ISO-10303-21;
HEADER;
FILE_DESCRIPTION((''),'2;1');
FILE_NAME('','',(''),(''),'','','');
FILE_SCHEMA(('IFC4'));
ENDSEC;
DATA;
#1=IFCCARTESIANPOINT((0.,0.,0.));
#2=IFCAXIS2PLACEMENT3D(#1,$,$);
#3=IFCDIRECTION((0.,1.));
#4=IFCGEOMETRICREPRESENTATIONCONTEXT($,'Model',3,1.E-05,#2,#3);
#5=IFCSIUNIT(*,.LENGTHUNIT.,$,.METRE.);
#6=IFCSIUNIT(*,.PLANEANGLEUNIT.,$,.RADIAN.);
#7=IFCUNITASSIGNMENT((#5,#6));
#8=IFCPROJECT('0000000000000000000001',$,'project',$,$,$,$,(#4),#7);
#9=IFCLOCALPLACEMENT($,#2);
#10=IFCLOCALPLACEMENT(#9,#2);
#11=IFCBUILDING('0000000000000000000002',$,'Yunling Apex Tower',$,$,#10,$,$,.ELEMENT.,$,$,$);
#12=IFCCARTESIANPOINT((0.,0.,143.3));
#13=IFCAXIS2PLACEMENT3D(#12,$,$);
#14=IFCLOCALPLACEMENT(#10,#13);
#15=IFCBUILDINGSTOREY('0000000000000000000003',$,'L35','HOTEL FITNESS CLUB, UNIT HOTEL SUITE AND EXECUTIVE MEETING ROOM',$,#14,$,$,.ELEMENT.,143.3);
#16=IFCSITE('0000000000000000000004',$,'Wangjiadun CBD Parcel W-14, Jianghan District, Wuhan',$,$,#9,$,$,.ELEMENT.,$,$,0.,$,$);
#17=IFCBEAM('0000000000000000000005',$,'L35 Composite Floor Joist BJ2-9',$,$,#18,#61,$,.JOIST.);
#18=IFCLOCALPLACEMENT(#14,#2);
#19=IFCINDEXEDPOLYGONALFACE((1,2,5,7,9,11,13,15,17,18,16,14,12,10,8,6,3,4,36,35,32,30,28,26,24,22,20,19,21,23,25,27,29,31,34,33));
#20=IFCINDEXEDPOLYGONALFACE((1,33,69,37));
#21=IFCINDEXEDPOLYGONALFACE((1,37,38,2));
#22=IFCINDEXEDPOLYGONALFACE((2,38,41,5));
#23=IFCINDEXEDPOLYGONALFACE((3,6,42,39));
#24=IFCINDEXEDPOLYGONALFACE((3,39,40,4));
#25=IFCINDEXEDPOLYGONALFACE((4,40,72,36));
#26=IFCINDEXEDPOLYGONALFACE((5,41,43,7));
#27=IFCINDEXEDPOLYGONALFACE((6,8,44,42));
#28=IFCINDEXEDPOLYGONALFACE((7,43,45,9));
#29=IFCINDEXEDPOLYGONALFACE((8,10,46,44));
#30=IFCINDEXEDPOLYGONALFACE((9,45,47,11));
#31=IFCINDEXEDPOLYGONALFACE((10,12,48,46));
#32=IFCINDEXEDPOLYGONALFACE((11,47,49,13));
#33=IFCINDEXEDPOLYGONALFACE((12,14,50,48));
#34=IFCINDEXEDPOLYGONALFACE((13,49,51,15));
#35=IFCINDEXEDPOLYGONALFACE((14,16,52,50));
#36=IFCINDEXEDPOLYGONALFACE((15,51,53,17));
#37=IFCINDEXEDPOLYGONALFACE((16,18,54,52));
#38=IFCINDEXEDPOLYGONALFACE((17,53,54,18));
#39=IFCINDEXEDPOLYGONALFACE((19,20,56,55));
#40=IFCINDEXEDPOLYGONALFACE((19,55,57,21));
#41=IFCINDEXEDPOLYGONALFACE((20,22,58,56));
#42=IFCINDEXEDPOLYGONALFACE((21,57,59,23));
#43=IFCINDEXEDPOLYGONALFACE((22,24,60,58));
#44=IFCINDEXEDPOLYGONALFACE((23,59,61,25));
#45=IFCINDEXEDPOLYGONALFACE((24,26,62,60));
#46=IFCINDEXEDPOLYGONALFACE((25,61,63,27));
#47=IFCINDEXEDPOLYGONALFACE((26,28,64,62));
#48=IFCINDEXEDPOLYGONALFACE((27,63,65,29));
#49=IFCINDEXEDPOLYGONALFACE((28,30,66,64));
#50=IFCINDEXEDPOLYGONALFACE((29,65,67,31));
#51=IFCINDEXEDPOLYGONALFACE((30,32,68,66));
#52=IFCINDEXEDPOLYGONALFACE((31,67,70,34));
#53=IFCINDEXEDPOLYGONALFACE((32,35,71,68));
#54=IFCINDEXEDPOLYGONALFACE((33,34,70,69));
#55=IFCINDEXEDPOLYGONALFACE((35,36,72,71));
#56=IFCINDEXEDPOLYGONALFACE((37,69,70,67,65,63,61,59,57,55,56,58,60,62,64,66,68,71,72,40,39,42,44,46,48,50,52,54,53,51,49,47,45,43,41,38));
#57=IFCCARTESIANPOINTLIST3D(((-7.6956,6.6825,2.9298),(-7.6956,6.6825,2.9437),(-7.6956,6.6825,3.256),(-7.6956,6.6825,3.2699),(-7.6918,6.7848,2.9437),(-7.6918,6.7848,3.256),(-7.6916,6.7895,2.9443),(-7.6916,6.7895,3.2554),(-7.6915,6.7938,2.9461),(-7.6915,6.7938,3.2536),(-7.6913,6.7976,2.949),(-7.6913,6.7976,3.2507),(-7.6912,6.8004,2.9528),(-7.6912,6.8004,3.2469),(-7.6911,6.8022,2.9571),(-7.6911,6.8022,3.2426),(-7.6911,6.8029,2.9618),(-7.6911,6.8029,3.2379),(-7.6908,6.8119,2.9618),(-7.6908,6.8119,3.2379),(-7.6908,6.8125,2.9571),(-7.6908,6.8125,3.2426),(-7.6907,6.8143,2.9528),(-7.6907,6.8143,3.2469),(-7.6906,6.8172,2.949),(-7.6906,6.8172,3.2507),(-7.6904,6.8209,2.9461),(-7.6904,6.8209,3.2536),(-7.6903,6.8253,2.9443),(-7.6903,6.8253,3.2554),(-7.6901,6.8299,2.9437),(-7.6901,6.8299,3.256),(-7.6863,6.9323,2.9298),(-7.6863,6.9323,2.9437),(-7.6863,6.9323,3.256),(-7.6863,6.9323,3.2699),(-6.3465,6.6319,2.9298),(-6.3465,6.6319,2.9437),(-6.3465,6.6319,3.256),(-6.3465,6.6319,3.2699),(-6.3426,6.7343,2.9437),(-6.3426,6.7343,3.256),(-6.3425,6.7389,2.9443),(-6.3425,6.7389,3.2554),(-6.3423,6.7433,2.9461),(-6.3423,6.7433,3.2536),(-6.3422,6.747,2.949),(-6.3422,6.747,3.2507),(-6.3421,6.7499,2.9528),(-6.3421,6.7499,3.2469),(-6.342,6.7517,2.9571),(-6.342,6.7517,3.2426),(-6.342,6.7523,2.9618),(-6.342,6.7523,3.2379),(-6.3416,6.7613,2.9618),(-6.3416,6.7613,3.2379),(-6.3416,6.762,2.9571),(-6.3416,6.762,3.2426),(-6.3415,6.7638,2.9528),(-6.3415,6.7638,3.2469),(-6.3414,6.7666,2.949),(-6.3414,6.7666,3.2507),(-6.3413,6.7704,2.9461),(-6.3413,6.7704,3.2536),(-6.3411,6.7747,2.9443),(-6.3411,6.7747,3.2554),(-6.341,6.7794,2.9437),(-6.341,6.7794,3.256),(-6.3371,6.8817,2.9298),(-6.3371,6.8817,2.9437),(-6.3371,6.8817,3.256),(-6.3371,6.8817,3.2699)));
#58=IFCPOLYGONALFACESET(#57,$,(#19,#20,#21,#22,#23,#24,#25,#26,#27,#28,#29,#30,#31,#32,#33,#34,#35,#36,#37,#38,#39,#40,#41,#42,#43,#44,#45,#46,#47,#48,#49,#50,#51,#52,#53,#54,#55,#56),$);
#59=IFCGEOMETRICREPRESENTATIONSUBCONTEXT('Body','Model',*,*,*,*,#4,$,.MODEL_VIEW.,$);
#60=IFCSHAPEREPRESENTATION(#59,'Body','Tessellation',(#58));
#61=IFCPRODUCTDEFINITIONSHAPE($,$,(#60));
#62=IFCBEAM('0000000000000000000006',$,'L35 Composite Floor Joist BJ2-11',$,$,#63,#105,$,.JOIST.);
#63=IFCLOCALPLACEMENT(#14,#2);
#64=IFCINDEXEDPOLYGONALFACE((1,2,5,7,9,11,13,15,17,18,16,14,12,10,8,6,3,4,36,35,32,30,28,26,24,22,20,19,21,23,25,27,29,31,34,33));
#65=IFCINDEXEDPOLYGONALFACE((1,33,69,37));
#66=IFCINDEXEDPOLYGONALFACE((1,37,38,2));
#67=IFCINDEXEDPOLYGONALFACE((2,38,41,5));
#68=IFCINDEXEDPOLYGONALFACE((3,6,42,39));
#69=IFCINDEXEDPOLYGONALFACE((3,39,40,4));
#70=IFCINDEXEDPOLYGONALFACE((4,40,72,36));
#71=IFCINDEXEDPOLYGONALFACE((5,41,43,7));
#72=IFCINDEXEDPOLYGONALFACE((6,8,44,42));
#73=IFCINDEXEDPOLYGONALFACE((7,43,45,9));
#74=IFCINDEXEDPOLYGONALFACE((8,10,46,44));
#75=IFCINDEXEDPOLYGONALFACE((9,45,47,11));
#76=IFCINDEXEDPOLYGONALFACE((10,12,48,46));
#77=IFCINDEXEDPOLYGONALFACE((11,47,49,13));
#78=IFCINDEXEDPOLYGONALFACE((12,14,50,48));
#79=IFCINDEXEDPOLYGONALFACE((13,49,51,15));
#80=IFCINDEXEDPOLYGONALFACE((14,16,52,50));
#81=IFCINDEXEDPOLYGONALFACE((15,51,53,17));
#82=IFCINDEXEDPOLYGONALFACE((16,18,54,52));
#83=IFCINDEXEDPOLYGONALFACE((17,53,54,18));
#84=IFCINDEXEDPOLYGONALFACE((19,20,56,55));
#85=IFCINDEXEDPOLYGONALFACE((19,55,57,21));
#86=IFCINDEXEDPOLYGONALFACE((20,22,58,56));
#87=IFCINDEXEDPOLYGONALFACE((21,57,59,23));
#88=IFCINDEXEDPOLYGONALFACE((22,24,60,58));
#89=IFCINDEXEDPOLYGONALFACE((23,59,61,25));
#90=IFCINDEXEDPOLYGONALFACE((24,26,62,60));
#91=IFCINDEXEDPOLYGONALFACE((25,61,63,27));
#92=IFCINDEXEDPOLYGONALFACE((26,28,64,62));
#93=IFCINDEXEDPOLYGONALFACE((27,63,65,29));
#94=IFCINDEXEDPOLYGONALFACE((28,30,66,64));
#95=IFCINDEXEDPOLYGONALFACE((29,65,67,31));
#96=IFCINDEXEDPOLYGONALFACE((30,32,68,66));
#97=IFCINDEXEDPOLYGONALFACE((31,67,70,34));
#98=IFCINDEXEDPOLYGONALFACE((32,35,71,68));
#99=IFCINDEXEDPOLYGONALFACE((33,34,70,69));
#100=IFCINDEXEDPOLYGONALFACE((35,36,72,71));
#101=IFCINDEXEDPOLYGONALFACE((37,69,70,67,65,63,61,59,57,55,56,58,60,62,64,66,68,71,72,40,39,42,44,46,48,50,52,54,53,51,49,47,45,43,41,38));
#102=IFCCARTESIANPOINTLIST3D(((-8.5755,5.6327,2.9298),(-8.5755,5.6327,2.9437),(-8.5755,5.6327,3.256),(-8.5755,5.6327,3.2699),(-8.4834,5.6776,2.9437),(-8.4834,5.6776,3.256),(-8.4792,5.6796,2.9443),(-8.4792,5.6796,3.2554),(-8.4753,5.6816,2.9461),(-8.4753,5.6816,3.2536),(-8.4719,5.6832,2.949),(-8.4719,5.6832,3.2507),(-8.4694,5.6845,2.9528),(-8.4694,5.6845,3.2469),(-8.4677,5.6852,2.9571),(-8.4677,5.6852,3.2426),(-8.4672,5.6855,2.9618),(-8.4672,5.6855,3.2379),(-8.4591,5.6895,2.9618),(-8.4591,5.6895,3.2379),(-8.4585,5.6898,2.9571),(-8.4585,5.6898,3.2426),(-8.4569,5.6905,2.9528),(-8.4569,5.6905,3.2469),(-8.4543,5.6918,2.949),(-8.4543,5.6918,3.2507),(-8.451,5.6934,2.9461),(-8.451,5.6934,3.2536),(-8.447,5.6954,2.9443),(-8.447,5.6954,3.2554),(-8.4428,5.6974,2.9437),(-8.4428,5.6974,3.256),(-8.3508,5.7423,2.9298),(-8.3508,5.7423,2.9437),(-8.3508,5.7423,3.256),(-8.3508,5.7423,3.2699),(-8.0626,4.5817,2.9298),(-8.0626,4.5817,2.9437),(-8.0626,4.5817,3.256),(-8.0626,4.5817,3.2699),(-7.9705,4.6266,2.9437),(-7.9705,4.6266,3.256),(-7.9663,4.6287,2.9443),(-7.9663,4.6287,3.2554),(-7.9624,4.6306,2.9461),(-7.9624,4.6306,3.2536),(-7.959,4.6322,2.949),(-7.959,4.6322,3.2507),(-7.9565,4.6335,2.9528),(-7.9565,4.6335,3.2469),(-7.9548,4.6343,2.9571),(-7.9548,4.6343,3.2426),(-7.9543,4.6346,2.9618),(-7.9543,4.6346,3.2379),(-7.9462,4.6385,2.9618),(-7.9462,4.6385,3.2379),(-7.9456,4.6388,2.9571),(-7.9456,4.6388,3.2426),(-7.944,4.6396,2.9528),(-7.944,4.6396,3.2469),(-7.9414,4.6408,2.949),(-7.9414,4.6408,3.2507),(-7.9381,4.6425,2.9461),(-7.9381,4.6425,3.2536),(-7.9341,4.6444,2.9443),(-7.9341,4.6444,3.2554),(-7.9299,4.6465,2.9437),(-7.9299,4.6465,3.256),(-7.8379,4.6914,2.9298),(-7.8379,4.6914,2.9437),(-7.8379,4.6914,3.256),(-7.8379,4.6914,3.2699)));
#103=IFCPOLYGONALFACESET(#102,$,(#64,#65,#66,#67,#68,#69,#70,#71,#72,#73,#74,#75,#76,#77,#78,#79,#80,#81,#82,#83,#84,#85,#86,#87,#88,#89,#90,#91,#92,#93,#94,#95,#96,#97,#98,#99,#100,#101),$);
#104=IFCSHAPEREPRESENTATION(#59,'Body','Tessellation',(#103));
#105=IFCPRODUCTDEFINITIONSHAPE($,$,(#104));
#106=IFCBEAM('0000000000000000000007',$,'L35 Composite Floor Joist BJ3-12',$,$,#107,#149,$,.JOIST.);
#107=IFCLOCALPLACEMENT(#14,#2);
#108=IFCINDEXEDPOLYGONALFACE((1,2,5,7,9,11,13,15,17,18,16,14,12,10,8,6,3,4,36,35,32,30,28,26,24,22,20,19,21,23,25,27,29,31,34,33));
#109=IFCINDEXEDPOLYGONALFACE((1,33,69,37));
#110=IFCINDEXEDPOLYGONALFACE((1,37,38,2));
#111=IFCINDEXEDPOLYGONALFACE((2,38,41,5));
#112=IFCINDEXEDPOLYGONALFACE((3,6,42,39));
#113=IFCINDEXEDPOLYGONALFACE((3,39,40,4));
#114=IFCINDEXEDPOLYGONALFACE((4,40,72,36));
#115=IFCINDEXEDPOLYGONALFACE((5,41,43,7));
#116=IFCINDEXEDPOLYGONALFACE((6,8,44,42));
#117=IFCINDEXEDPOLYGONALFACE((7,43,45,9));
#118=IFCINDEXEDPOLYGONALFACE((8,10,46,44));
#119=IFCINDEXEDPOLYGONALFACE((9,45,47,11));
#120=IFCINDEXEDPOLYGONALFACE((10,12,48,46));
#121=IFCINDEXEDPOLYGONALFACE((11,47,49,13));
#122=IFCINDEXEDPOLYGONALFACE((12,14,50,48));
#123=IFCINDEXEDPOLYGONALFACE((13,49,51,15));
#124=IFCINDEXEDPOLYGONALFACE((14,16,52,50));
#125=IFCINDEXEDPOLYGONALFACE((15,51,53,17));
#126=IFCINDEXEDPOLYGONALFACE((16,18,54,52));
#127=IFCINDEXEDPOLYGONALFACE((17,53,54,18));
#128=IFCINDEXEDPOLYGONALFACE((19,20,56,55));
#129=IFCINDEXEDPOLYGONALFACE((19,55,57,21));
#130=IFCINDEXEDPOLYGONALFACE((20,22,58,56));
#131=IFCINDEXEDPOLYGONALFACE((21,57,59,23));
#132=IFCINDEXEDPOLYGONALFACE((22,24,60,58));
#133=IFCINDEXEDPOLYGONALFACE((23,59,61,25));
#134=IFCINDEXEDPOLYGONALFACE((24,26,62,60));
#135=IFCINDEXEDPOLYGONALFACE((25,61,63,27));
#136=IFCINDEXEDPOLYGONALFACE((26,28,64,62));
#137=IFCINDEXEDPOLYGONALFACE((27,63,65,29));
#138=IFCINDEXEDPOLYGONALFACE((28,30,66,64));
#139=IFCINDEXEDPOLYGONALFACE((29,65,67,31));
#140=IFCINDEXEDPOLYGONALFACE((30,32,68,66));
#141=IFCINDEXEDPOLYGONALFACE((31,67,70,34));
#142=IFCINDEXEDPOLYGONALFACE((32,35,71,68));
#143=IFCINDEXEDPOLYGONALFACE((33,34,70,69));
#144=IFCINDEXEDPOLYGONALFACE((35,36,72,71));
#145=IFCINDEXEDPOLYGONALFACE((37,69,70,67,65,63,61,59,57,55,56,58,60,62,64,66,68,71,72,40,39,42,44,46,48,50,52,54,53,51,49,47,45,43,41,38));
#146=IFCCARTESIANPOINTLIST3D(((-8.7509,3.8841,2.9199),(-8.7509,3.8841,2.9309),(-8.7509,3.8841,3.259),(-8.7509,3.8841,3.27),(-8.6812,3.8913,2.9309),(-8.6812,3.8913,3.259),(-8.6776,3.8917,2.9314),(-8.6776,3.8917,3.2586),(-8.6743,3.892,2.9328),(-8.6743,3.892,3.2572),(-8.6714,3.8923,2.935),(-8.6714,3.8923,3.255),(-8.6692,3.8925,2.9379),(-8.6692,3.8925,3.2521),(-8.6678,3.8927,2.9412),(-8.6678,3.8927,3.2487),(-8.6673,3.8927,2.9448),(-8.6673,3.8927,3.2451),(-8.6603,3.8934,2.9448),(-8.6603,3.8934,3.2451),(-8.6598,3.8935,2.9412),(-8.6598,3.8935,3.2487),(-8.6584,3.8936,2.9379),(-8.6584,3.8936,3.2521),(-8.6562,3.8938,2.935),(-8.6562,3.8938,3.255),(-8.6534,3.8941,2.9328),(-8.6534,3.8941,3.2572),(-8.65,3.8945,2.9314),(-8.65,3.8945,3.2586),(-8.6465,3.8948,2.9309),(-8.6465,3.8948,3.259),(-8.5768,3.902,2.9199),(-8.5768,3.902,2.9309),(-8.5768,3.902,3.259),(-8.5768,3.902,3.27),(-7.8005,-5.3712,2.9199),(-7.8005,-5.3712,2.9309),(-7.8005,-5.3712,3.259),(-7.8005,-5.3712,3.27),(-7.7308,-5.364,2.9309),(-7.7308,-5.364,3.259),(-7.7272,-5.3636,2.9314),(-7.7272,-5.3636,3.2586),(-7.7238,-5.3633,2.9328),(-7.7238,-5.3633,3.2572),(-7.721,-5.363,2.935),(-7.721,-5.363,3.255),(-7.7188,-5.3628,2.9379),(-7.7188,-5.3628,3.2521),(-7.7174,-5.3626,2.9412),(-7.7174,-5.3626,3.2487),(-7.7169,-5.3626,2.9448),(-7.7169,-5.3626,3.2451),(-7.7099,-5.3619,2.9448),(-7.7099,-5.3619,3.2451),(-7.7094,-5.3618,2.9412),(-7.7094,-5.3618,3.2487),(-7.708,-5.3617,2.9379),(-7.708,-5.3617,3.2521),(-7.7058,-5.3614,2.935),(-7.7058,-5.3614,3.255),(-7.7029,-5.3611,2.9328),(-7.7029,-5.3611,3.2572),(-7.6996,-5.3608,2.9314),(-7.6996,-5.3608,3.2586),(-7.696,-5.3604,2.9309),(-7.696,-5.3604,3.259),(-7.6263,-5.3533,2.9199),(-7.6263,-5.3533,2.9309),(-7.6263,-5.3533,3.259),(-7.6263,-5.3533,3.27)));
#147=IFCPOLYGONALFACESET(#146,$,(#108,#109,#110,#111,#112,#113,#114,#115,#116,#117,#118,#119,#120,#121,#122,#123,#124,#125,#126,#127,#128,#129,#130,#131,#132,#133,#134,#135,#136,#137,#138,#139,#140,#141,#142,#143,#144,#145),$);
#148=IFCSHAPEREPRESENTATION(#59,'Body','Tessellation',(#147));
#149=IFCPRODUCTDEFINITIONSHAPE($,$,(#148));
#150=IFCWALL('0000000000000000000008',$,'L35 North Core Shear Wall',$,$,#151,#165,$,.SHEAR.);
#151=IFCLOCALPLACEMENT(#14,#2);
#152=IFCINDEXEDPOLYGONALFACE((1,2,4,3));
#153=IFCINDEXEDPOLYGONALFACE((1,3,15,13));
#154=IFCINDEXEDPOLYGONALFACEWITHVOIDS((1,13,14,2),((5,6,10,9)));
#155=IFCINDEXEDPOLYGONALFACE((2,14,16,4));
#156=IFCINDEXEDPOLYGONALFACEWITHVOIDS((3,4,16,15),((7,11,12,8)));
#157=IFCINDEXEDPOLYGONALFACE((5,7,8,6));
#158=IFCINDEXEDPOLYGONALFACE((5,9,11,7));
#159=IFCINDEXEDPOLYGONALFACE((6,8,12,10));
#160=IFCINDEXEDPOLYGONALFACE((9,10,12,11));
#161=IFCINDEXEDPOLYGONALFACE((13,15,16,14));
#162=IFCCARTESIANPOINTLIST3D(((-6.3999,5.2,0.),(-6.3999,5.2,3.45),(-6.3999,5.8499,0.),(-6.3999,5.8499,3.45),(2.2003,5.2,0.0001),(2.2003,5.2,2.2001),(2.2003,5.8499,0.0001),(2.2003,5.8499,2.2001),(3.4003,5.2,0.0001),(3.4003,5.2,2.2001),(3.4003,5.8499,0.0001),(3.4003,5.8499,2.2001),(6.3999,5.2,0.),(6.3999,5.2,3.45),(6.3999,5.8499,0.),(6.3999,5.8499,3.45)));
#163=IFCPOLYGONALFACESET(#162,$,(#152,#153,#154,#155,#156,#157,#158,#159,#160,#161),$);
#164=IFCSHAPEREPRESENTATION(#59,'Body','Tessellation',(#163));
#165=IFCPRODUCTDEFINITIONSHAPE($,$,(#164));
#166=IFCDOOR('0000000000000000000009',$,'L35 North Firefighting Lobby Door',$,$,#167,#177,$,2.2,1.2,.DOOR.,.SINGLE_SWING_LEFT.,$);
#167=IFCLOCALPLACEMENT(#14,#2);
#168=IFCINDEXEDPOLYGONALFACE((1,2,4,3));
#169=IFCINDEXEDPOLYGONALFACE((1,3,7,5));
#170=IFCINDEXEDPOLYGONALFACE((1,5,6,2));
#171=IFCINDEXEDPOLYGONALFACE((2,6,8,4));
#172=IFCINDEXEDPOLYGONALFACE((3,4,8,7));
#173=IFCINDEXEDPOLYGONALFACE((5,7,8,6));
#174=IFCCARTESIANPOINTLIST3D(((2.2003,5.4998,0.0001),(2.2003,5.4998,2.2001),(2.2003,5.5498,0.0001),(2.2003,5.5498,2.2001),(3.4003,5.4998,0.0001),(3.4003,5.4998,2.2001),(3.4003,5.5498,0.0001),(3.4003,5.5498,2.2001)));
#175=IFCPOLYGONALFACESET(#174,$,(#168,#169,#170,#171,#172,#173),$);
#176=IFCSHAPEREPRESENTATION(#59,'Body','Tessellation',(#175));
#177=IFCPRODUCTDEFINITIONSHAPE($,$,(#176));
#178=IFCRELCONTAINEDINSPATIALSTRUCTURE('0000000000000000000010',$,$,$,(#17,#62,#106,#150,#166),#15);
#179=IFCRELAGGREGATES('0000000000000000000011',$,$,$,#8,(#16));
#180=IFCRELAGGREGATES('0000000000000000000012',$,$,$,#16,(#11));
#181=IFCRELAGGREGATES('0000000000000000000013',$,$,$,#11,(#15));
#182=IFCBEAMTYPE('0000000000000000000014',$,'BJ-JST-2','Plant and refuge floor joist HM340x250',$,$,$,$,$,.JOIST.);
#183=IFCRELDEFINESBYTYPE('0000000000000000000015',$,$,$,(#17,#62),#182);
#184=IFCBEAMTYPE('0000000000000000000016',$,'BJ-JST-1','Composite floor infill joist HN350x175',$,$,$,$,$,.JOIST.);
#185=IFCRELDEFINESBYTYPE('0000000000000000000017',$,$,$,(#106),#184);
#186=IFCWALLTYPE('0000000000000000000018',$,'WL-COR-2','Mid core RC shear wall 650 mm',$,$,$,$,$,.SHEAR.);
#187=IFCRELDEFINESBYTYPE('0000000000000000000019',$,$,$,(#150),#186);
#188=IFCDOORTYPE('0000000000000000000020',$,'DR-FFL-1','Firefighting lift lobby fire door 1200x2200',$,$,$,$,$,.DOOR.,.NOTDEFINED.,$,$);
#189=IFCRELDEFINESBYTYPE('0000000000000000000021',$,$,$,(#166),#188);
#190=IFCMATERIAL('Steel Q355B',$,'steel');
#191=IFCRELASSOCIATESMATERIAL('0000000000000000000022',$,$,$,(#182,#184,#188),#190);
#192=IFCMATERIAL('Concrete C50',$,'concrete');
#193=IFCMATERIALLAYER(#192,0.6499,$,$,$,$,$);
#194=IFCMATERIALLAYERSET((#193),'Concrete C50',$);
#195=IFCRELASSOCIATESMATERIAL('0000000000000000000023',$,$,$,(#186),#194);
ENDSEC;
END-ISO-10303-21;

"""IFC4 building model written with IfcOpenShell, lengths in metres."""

from ifc_helpers import new_model, si_unit, direction, frame, frame_2d, origin, origin_2d, place, context, subcontext, project, spatial, rectangle, i_section, extrude, source, transform, mapped, material, layer, layer_set, material_profile, profile_set, type_object, element, fill, save


model = new_model("IFC4")

# Units and contexts
model_context = context("Model", 3, precision=1e-05, world=origin(), true_north=direction((0.0, 1.0)))
body_context = subcontext(model_context, "Body", "Model", "MODEL_VIEW")
ifc_project = project(units=[si_unit("LENGTHUNIT", "METRE"), si_unit("PLANEANGLEUNIT", "RADIAN")], contexts=[model_context])

# Site, building, storey
site_placement = place(None, origin())
site = spatial("IfcSite", under=ifc_project, at=site_placement, Name="Wangjiadun CBD Parcel W-14, Jianghan District, Wuhan", CompositionType="ELEMENT", RefElevation=0.0)
building_placement = place(site_placement, origin())
building = spatial("IfcBuilding", under=site, at=building_placement, Name="Yunling Apex Tower", CompositionType="ELEMENT")
storey_placement = place(building_placement, frame((0.0, 0.0, 143.3)))
storey = spatial("IfcBuildingStorey", under=building, at=storey_placement, Name="L35", Description="HOTEL FITNESS CLUB, UNIT HOTEL SUITE AND EXECUTIVE MEETING ROOM", CompositionType="ELEMENT", Elevation=143.3)

# Beams
ifc_material_1 = material(Name="Steel Q355B", Category="steel")
ifc_material_profile_1 = material_profile(ifc_material_1, i_section(OverallWidth=0.25, OverallDepth=0.3401, WebThickness=0.009, FlangeThickness=0.0139, FilletRadius=0.0181, at=origin_2d()))
ifc_profile_set_1 = profile_set([ifc_material_profile_1], Name="Steel Q355B")
beam_type_1 = type_object("IfcBeamType", Name="BJ-JST-2", Description="Plant and refuge floor joist HM340x250", PredefinedType="JOIST", material=ifc_profile_set_1)
shared_shape_1 = source(origin(), body_context, "Body", "SweptSolid", [
    extrude(i_section(OverallWidth=0.25, OverallDepth=0.3401, WebThickness=0.009, FlangeThickness=0.0139, FilletRadius=0.0181, at=origin_2d()), origin(), (0.0, 0.0, 1.0), 1.3501),
])
beam_1_placement = place(storey_placement, frame((-6.3418, 6.7568, 3.0999), z_axis=(-0.999299, 0.037433, 0.0), x_axis=(-0.037433, -0.999299, 0.0)))
element("IfcBeam", 1, at=beam_1_placement, inside=storey, type_object=beam_type_1, Name="L35 Composite Floor Joist BJ2-9", PredefinedType="JOIST", context=body_context, shape_type="MappedRepresentation", body=[
    mapped(shared_shape_1, transform((0.0, 0.0, 0.0), scale=1.0)),
])
shared_shape_2 = source(origin(), body_context, "Body", "SweptSolid", [
    extrude(i_section(OverallWidth=0.25, OverallDepth=0.3401, WebThickness=0.009, FlangeThickness=0.0139, FilletRadius=0.0181, at=origin_2d()), origin(), (0.0, 0.0, 1.0), 1.1694),
])
beam_2_placement = place(storey_placement, frame((-8.4631, 5.6875, 3.0999), z_axis=(0.438592, -0.898686, 0.0), x_axis=(0.898686, 0.438592, 0.0)))
element("IfcBeam", 2, at=beam_2_placement, inside=storey, type_object=beam_type_1, Name="L35 Composite Floor Joist BJ2-11", PredefinedType="JOIST", context=body_context, shape_type="MappedRepresentation", body=[
    mapped(shared_shape_2, transform((0.0, 0.0, 0.0), scale=1.0)),
])
ifc_material_profile_2 = material_profile(ifc_material_1, i_section(OverallWidth=0.175, OverallDepth=0.3501, WebThickness=0.0071, FlangeThickness=0.011, FilletRadius=0.0139, at=origin_2d()))
ifc_profile_set_2 = profile_set([ifc_material_profile_2], Name="Steel Q355B")
beam_type_2 = type_object("IfcBeamType", Name="BJ-JST-1", Description="Composite floor infill joist HN350x175", PredefinedType="JOIST", material=ifc_profile_set_2)
shared_shape_3 = source(origin(), body_context, "Body", "SweptSolid", [
    extrude(i_section(OverallWidth=0.175, OverallDepth=0.3501, WebThickness=0.0071, FlangeThickness=0.011, FilletRadius=0.0139, at=origin_2d()), origin(), (0.0, 0.0, 1.0), 9.304),
])
beam_3_placement = place(storey_placement, frame((-8.6638, 3.8931, 3.095), z_axis=(0.102153, -0.994769, 0.0), x_axis=(0.994769, 0.102153, 0.0)))
element("IfcBeam", 3, at=beam_3_placement, inside=storey, type_object=beam_type_2, Name="L35 Composite Floor Joist BJ3-12", PredefinedType="JOIST", context=body_context, shape_type="MappedRepresentation", body=[
    mapped(shared_shape_3, transform((0.0, 0.0, 0.0), scale=1.0)),
])

# Wall, opening, door
ifc_material_2 = material(Name="Concrete C50", Category="concrete")
ifc_layer_1 = layer(ifc_material_2, 0.6499)
ifc_layer_set_1 = layer_set([ifc_layer_1], Name="Concrete C50")
wall_type_1 = type_object("IfcWallType", Name="WL-COR-2", Description="Mid core RC shear wall 650 mm", PredefinedType="SHEAR", material=ifc_layer_set_1)
wall_1_placement = place(storey_placement, frame((-6.3999, 5.5249, 0.0), z_axis=(0.0, 0.0, 1.0), x_axis=(1.0, 0.0, 0.0)))
wall_1 = element("IfcWall", 4, at=wall_1_placement, inside=storey, type_object=wall_type_1, Name="L35 North Core Shear Wall", PredefinedType="SHEAR", context=body_context, shape_type="SweptSolid", body=[
    extrude(rectangle(XDim=12.7998, YDim=0.6499, at=frame_2d((6.3999, 0.0))), origin(), (0.0, 0.0, 1.0), 3.45),
])
opening_placement = place(wall_1_placement, frame((8.6001, 0.0, 0.0)))
opening = element("IfcOpeningElement", 5, at=opening_placement, cuts=wall_1, PredefinedType="OPENING", context=body_context, shape_type="SweptSolid", body=[
    extrude(rectangle(XDim=1.2, YDim=2.2, at=frame_2d((0.6001, 1.1001))), frame((0.0, 0.335, 0.0), z_axis=(0.0, -1.0, 0.0), x_axis=(1.0, 0.0, 0.0)), (0.0, 0.0, 1.0), 0.6699),
])
door_type = type_object("IfcDoorType", Name="DR-FFL-1", Description="Firefighting lift lobby fire door 1200x2200", OperationType="NOTDEFINED", PredefinedType="DOOR", material=ifc_material_1)
door_placement = place(opening_placement, origin())
door = element("IfcDoor", 6, at=door_placement, inside=storey, type_object=door_type, Name="L35 North Firefighting Lobby Door", OperationType="SINGLE_SWING_LEFT", OverallHeight=2.2, OverallWidth=1.2, PredefinedType="DOOR", context=body_context, shape_type="SweptSolid", body=[
    extrude(rectangle(XDim=1.2, YDim=2.2, at=frame_2d((0.6001, 1.1001))), frame((0.0, 0.0249, 0.0), z_axis=(0.0, -1.0, 0.0), x_axis=(1.0, 0.0, 0.0)), (0.0, 0.0, 1.0), 0.05),
])
fill(opening, door)

save(model, "model.ifc")
